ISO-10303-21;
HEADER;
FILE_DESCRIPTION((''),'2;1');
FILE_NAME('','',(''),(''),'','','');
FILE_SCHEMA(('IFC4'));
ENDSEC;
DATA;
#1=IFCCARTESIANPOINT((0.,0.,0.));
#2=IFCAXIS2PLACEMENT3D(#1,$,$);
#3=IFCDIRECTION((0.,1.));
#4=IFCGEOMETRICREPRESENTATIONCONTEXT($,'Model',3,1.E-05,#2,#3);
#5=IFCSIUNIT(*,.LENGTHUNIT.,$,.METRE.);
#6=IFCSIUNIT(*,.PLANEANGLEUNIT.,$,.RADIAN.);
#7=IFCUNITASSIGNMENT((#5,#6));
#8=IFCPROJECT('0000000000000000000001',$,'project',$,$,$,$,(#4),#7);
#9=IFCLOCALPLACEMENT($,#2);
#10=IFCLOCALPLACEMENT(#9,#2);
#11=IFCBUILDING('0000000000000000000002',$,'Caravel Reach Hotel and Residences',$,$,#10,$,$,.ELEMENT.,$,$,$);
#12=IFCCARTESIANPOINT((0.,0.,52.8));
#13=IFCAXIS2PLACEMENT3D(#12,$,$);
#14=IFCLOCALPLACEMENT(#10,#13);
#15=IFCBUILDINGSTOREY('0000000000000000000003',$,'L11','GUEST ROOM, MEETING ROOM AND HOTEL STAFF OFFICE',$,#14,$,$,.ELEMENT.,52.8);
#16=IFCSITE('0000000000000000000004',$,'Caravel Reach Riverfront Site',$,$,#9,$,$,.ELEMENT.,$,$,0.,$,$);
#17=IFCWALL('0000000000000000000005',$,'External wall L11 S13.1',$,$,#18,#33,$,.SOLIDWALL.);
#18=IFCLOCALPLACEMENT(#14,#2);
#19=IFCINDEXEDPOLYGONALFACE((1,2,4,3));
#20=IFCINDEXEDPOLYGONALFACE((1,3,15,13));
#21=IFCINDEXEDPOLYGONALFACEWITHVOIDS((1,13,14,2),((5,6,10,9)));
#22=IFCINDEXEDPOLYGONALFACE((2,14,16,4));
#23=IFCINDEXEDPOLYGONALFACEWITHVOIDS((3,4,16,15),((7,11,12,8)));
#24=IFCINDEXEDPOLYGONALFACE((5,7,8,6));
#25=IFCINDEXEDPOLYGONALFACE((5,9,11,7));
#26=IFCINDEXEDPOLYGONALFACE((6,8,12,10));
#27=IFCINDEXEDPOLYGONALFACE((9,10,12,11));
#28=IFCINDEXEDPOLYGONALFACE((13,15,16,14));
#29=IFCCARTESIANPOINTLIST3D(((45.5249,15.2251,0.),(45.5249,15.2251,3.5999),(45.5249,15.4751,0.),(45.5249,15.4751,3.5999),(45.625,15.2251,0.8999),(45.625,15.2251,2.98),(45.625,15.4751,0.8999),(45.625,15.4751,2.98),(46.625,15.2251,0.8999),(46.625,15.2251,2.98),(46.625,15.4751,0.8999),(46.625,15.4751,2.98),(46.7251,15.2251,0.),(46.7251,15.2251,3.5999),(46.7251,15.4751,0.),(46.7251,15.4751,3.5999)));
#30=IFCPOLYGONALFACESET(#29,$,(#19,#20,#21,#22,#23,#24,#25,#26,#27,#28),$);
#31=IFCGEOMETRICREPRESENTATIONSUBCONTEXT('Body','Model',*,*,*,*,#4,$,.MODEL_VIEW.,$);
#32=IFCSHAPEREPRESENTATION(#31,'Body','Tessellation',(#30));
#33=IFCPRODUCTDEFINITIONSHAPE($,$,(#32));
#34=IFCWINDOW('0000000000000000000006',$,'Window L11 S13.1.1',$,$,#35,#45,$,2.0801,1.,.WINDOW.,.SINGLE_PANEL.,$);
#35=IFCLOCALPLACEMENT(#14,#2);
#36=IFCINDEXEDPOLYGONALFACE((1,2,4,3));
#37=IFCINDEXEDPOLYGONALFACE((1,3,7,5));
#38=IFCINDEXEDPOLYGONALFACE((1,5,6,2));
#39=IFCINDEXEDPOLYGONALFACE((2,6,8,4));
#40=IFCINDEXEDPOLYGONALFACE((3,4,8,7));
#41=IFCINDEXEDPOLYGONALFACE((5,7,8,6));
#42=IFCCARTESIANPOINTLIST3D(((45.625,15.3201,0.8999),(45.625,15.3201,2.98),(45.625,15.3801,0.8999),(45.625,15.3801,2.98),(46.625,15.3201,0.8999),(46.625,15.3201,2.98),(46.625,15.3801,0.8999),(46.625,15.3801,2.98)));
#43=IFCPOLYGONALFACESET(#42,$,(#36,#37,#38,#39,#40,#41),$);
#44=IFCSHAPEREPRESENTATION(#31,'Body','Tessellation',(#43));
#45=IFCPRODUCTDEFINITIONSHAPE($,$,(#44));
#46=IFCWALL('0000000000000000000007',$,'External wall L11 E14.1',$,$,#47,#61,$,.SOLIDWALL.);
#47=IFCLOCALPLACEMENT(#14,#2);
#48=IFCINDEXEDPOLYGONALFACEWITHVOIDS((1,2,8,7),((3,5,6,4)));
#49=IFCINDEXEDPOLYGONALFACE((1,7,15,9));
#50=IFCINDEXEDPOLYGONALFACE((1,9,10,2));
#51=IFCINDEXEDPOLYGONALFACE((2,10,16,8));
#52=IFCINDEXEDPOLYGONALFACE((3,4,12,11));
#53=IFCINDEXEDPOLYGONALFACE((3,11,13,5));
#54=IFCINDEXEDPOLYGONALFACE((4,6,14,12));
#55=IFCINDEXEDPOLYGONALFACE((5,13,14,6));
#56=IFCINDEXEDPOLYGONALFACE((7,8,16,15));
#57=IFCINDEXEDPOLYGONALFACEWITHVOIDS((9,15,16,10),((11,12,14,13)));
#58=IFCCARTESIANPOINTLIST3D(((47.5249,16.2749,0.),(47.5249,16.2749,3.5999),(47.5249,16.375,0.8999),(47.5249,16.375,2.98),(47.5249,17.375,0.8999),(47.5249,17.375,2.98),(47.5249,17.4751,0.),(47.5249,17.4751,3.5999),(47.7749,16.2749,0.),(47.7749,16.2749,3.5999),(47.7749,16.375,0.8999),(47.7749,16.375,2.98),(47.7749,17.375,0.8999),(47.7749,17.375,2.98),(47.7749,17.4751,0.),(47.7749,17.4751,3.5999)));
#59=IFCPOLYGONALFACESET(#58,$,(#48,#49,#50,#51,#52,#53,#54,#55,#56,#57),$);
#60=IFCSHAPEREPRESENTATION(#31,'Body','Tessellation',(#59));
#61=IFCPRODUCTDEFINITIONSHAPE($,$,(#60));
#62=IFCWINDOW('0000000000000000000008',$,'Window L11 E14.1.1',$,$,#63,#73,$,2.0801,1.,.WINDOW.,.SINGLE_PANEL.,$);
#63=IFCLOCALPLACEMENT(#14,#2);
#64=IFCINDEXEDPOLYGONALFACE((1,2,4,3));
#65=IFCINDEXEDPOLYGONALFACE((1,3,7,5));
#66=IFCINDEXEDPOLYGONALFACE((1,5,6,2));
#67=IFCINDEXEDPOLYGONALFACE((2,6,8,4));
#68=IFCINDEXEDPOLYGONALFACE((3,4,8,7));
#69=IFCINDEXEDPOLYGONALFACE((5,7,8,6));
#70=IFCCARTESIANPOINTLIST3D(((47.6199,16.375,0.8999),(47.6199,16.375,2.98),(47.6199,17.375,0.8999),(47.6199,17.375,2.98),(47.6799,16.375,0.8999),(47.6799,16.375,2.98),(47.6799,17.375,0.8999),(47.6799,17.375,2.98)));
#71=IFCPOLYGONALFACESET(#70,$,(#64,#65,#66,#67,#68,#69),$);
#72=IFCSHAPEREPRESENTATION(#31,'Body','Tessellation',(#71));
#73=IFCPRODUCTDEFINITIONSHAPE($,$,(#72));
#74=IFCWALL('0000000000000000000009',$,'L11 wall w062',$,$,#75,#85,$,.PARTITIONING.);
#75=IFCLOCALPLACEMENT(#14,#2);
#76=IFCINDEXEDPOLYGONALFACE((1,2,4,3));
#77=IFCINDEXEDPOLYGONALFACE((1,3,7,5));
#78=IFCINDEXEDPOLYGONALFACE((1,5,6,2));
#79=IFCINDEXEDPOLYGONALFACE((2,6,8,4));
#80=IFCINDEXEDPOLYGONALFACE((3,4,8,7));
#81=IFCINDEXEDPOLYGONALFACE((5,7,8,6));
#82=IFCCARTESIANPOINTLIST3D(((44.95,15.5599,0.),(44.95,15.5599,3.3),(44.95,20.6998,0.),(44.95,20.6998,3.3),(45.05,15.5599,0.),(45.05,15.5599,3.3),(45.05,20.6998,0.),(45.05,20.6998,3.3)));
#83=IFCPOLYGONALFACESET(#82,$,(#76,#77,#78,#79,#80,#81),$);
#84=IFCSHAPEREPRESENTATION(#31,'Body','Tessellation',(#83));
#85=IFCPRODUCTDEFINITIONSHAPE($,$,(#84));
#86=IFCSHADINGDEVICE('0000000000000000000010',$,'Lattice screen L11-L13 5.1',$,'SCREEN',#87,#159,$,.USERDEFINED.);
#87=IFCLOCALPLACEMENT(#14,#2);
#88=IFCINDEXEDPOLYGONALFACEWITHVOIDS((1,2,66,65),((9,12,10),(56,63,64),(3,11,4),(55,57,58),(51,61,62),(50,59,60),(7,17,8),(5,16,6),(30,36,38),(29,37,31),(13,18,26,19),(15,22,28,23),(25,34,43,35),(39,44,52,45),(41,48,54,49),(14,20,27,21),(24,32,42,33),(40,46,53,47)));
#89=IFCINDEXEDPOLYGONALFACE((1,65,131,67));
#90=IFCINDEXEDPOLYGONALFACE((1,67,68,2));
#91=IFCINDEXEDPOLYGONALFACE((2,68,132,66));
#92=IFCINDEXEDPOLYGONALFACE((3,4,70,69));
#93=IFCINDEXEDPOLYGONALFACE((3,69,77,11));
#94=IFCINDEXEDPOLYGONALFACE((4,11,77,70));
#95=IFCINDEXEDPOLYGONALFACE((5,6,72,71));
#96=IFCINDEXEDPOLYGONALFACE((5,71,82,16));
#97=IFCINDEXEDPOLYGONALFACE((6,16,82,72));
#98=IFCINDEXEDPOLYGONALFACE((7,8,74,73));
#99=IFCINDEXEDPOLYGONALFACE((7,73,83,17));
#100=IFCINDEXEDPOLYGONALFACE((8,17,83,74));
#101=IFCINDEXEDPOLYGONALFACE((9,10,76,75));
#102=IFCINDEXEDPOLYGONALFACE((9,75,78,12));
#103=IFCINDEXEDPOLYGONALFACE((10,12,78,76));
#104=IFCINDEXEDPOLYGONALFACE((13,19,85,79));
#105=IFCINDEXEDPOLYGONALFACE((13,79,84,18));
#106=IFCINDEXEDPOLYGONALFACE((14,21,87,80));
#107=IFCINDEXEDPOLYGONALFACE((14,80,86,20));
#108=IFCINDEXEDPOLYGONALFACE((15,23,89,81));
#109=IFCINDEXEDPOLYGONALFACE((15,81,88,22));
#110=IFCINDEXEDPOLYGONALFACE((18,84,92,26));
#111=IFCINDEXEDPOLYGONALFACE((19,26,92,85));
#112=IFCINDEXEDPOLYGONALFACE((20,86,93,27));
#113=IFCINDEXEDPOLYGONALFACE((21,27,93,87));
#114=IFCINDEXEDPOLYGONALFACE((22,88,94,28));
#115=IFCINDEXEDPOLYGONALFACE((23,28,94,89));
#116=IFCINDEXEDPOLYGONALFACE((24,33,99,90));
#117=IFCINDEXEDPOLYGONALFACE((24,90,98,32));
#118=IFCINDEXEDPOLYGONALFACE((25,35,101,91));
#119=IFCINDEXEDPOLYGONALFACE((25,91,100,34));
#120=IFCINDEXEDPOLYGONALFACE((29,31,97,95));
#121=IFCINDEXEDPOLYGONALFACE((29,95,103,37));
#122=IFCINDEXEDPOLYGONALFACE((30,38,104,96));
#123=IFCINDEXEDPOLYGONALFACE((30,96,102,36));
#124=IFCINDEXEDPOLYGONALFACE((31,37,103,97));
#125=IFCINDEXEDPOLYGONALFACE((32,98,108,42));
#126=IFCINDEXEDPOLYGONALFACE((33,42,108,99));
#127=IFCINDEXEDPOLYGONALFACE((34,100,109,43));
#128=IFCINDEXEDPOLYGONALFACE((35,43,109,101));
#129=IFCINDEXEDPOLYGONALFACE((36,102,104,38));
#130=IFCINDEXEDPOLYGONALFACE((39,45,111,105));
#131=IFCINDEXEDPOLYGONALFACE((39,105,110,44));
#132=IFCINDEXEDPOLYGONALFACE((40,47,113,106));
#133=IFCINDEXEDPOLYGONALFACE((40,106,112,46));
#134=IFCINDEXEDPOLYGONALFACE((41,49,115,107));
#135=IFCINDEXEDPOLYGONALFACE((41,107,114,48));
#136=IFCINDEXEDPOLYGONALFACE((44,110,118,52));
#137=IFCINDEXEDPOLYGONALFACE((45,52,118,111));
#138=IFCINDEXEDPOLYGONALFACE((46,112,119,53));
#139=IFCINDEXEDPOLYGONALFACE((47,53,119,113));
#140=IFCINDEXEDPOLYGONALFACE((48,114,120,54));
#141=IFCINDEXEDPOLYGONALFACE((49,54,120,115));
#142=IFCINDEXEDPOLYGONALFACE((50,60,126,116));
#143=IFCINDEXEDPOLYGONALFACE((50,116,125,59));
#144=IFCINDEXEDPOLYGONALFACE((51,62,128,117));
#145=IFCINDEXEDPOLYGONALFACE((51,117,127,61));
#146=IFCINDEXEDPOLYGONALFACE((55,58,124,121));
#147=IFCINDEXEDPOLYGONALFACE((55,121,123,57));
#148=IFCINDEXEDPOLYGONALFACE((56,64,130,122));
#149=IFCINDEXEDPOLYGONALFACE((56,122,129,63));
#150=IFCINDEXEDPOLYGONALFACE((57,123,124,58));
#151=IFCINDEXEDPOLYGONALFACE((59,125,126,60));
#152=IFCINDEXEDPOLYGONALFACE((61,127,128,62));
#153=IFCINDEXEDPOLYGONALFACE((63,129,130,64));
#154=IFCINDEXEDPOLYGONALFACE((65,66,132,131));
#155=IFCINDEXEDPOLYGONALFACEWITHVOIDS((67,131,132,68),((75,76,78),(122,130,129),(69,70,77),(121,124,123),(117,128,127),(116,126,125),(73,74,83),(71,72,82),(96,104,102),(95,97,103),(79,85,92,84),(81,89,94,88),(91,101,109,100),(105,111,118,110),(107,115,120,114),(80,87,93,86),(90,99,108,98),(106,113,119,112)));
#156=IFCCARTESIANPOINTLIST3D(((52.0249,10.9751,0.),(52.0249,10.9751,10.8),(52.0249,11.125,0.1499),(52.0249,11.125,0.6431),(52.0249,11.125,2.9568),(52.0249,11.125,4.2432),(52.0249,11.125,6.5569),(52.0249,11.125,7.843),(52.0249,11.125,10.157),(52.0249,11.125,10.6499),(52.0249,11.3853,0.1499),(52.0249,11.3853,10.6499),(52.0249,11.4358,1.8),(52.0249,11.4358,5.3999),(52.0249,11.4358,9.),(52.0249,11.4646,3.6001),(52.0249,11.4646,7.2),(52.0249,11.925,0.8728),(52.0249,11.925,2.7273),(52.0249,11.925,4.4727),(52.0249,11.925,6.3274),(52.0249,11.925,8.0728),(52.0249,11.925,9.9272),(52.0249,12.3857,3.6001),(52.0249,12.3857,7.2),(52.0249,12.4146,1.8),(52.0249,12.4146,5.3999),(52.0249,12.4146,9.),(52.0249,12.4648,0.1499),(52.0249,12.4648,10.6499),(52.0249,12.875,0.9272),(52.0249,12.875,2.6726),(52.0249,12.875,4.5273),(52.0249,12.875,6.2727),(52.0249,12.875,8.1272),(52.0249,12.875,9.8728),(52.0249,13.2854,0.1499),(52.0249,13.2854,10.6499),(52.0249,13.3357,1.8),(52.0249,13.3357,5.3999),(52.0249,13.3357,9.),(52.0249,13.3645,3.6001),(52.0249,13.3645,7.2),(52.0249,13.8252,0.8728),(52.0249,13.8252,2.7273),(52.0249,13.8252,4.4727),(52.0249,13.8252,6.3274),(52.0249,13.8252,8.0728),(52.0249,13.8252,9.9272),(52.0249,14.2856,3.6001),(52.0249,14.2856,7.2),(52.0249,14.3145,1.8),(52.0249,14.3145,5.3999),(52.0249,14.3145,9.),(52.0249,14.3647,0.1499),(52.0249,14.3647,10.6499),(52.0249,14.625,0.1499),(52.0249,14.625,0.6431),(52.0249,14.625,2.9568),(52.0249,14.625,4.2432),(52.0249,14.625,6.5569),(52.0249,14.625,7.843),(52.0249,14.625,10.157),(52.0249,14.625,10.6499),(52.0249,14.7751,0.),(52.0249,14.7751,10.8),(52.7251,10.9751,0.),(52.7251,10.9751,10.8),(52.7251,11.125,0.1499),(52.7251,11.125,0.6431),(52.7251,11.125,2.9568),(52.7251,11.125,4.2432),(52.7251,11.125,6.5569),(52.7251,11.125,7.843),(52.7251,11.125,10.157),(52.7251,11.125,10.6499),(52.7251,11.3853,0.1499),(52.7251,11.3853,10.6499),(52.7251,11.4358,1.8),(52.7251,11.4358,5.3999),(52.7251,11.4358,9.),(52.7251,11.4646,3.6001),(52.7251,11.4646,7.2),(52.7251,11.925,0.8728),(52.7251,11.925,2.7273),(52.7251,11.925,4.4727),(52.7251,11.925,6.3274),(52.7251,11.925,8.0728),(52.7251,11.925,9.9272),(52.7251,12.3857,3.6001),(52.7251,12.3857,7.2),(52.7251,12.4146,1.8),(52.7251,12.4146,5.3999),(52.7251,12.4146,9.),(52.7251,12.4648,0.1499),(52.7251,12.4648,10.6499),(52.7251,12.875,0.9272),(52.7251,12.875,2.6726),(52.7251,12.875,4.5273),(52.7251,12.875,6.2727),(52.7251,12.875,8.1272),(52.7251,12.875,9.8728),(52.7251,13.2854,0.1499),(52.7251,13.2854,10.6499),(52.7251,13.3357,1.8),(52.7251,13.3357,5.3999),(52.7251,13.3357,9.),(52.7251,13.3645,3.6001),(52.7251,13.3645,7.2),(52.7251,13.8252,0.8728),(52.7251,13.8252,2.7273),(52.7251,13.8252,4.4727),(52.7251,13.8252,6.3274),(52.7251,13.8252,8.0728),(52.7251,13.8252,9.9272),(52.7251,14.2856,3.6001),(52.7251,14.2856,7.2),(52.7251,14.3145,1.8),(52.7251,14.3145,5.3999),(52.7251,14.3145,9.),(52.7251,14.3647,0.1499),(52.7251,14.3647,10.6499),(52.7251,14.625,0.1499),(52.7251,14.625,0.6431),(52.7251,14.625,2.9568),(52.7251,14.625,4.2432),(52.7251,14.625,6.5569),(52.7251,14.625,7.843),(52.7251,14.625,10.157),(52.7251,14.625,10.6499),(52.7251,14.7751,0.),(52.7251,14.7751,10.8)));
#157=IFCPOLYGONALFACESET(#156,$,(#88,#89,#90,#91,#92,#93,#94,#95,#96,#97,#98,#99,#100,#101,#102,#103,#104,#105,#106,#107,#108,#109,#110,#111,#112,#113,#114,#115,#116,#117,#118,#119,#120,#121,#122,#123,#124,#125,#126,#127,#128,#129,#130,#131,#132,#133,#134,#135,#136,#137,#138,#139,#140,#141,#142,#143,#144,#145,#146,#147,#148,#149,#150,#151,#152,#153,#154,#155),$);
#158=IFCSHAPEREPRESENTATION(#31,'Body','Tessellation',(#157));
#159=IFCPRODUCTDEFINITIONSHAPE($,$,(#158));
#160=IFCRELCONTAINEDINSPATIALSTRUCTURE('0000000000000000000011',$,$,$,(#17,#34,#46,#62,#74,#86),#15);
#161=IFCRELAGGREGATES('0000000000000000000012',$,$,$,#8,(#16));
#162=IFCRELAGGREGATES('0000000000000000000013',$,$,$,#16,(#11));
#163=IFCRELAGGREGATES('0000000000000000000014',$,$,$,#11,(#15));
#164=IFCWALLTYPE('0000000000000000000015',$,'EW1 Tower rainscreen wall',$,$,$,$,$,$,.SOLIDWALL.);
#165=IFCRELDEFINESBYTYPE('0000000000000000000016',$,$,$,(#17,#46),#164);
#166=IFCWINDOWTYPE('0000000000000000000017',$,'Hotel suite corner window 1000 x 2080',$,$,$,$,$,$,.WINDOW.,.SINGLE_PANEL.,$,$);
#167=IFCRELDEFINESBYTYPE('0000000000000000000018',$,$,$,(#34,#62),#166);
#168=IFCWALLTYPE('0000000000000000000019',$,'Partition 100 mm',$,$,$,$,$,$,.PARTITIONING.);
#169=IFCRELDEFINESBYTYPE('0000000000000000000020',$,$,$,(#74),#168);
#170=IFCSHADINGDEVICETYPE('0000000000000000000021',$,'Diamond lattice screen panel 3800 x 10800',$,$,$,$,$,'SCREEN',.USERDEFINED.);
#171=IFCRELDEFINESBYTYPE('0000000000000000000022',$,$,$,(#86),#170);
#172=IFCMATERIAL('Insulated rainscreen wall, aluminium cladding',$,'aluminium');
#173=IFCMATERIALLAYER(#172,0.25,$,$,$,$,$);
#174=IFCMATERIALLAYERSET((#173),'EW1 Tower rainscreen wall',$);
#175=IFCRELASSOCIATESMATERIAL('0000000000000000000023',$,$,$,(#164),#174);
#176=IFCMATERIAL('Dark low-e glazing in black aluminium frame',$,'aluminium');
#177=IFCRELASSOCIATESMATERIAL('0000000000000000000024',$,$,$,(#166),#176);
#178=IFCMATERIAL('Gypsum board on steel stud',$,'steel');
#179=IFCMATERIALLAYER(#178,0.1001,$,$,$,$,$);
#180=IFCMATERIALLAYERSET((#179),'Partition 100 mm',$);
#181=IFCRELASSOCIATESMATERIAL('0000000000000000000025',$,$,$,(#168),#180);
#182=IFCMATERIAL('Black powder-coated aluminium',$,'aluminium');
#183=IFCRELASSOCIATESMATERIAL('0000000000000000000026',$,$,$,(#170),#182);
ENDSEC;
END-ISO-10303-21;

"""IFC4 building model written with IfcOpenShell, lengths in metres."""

from ifc_helpers import new_model, si_unit, direction, frame, frame_2d, origin, place, context, subcontext, project, spatial, polyline, rectangle, outline, extrude, material, layer, layer_set, type_object, element, fill, save


model = new_model("IFC4")

# Units and contexts
model_context = context("Model", 3, precision=1e-05, world=origin(), true_north=direction((0.0, 1.0)))
body_context = subcontext(model_context, "Body", "Model", "MODEL_VIEW")
ifc_project = project(units=[si_unit("LENGTHUNIT", "METRE"), si_unit("PLANEANGLEUNIT", "RADIAN")], contexts=[model_context])

# Site, building, storey
site_placement = place(None, origin())
site = spatial("IfcSite", under=ifc_project, at=site_placement, Name="Caravel Reach Riverfront Site", CompositionType="ELEMENT", RefElevation=0.0)
building_placement = place(site_placement, origin())
building = spatial("IfcBuilding", under=site, at=building_placement, Name="Caravel Reach Hotel and Residences", CompositionType="ELEMENT")
storey_placement = place(building_placement, frame((0.0, 0.0, 52.8)))
storey = spatial("IfcBuildingStorey", under=building, at=storey_placement, Name="L11", Description="GUEST ROOM, MEETING ROOM AND HOTEL STAFF OFFICE", CompositionType="ELEMENT", Elevation=52.8)

# Walls, openings, windows
ifc_material_1 = material(Name="Insulated rainscreen wall, aluminium cladding", Category="aluminium")
ifc_layer_1 = layer(ifc_material_1, 0.25)
ifc_layer_set_1 = layer_set([ifc_layer_1], Name="EW1 Tower rainscreen wall")
wall_type_1 = type_object("IfcWallType", Name="EW1 Tower rainscreen wall", PredefinedType="SOLIDWALL", material=ifc_layer_set_1)
ifc_material_2 = material(Name="Dark low-e glazing in black aluminium frame", Category="aluminium")
window_type = type_object("IfcWindowType", Name="Hotel suite corner window 1000 x 2080", PartitioningType="SINGLE_PANEL", PredefinedType="WINDOW", material=ifc_material_2)
wall_1_placement = place(storey_placement, frame((45.5249, 15.3501, 0.0), z_axis=(0.0, 0.0, 1.0), x_axis=(1.0, 0.0, 0.0)))
wall_1 = element("IfcWall", 1, at=wall_1_placement, inside=storey, type_object=wall_type_1, Name="External wall L11 S13.1", PredefinedType="SOLIDWALL", context=body_context, shape_type="SweptSolid", body=[
    extrude(rectangle(XDim=1.2002, YDim=0.25, at=frame_2d((0.6001, 0.0))), origin(), (0.0, 0.0, 1.0), 3.5999),
])
opening_1_placement = place(wall_1_placement, frame((0.1001, 0.0, 0.8999)))
opening_1 = element("IfcOpeningElement", 2, at=opening_1_placement, cuts=wall_1, PredefinedType="OPENING", context=body_context, shape_type="SweptSolid", body=[
    extrude(rectangle(XDim=1.0, YDim=2.0801, at=frame_2d((0.5, 1.04))), frame((0.0, 0.135, 0.0), z_axis=(0.0, -1.0, 0.0), x_axis=(1.0, 0.0, 0.0)), (0.0, 0.0, 1.0), 0.27),
])
window_1_placement = place(opening_1_placement, origin())
window_1 = element("IfcWindow", 3, at=window_1_placement, inside=storey, type_object=window_type, Name="Window L11 S13.1.1", OverallHeight=2.0801, OverallWidth=1.0, PartitioningType="SINGLE_PANEL", PredefinedType="WINDOW", context=body_context, shape_type="SweptSolid", body=[
    extrude(rectangle(XDim=1.0, YDim=2.0801, at=frame_2d((0.5, 1.04))), frame((0.0, 0.03, 0.0), z_axis=(0.0, -1.0, 0.0), x_axis=(1.0, 0.0, 0.0)), (0.0, 0.0, 1.0), 0.0601),
])
fill(opening_1, window_1)
wall_2_placement = place(storey_placement, frame((47.6499, 16.2749, 0.0), z_axis=(0.0, 0.0, 1.0), x_axis=(0.0, 1.0, 0.0)))
wall_2 = element("IfcWall", 4, at=wall_2_placement, inside=storey, type_object=wall_type_1, Name="External wall L11 E14.1", PredefinedType="SOLIDWALL", context=body_context, shape_type="SweptSolid", body=[
    extrude(rectangle(XDim=1.2002, YDim=0.25, at=frame_2d((0.6001, 0.0))), origin(), (0.0, 0.0, 1.0), 3.5999),
])
opening_2_placement = place(wall_2_placement, frame((0.1001, 0.0, 0.8999)))
opening_2 = element("IfcOpeningElement", 5, at=opening_2_placement, cuts=wall_2, PredefinedType="OPENING", context=body_context, shape_type="SweptSolid", body=[
    extrude(rectangle(XDim=1.0, YDim=2.0801, at=frame_2d((0.5, 1.04))), frame((0.0, 0.135, 0.0), z_axis=(0.0, -1.0, 0.0), x_axis=(1.0, 0.0, 0.0)), (0.0, 0.0, 1.0), 0.27),
])
window_2_placement = place(opening_2_placement, origin())
window_2 = element("IfcWindow", 6, at=window_2_placement, inside=storey, type_object=window_type, Name="Window L11 E14.1.1", OverallHeight=2.0801, OverallWidth=1.0, PartitioningType="SINGLE_PANEL", PredefinedType="WINDOW", context=body_context, shape_type="SweptSolid", body=[
    extrude(rectangle(XDim=1.0, YDim=2.0801, at=frame_2d((0.5, 1.04))), frame((0.0, 0.03, 0.0), z_axis=(0.0, -1.0, 0.0), x_axis=(1.0, 0.0, 0.0)), (0.0, 0.0, 1.0), 0.0601),
])
fill(opening_2, window_2)

# Wall
ifc_material_3 = material(Name="Gypsum board on steel stud", Category="steel")
ifc_layer_2 = layer(ifc_material_3, 0.1001)
ifc_layer_set_2 = layer_set([ifc_layer_2], Name="Partition 100 mm")
wall_type_2 = type_object("IfcWallType", Name="Partition 100 mm", PredefinedType="PARTITIONING", material=ifc_layer_set_2)
wall_3_placement = place(storey_placement, frame((45.0, 15.5601, 0.0), z_axis=(0.0, 0.0, 1.0), x_axis=(0.0, 1.0, 0.0)))
element("IfcWall", 7, at=wall_3_placement, inside=storey, type_object=wall_type_2, Name="L11 wall w062", PredefinedType="PARTITIONING", context=body_context, shape_type="SweptSolid", body=[
    extrude(rectangle(XDim=5.1399, YDim=0.1001, at=frame_2d((2.5698, 0.0))), origin(), (0.0, 0.0, 1.0), 3.3),
])

# Shading device
ifc_material_4 = material(Name="Black powder-coated aluminium", Category="aluminium")
shading_device_type_1 = type_object("IfcShadingDeviceType", Name="Diamond lattice screen panel 3800 x 10800", ElementType="SCREEN", PredefinedType="USERDEFINED", material=ifc_material_4)
shading_device_1_placement = place(storey_placement, frame((52.0249, 10.9751, 0.0), z_axis=(1.0, 0.0, 0.0), x_axis=(0.0, 1.0, 0.0)))
element("IfcShadingDevice", 8, at=shading_device_1_placement, inside=storey, type_object=shading_device_type_1, Name="Lattice screen L11-L13 5.1", ObjectType="SCREEN", PredefinedType="USERDEFINED", context=body_context, shape_type="SweptSolid", body=[
    extrude(outline(polyline([(0.0, 0.0), (3.8, 0.0), (3.8, 10.8), (0.0, 10.8), (0.0, 0.0)]), holes=[polyline([(0.4102, 0.1499), (0.1499, 0.6431), (0.1499, 0.1499), (0.4102, 0.1499)]), polyline([(0.4895, 3.6001), (0.1499, 4.2432), (0.1499, 2.9568), (0.4895, 3.6001)]), polyline([(0.4895, 7.2), (0.1499, 7.843), (0.1499, 6.5569), (0.4895, 7.2)]), polyline([(0.1499, 10.157), (0.4102, 10.6499), (0.1499, 10.6499), (0.1499, 10.157)]), polyline([(0.95, 2.7273), (0.4607, 1.8), (0.95, 0.8728), (1.4395, 1.8), (0.95, 2.7273)]), polyline([(0.95, 6.3274), (0.4607, 5.3999), (0.95, 4.4727), (1.4395, 5.3999), (0.95, 6.3274)]), polyline([(0.95, 9.9272), (0.4607, 9.0), (0.95, 8.0728), (1.4395, 9.0), (0.95, 9.9272)]), polyline([(1.8999, 0.9272), (1.4897, 0.1499), (2.3103, 0.1499), (1.8999, 0.9272)]), polyline([(1.8999, 4.5273), (1.4106, 3.6001), (1.8999, 2.6726), (2.3894, 3.6001), (1.8999, 4.5273)]), polyline([(1.8999, 8.1272), (1.4106, 7.2), (1.8999, 6.2727), (2.3894, 7.2), (1.8999, 8.1272)]), polyline([(1.8999, 9.8728), (2.3103, 10.6499), (1.4897, 10.6499), (1.8999, 9.8728)]), polyline([(2.8501, 2.7273), (2.3606, 1.8), (2.8501, 0.8728), (3.3394, 1.8), (2.8501, 2.7273)]), polyline([(2.8501, 6.3274), (2.3606, 5.3999), (2.8501, 4.4727), (3.3394, 5.3999), (2.8501, 6.3274)]), polyline([(2.8501, 9.9272), (2.3606, 9.0), (2.8501, 8.0728), (3.3394, 9.0), (2.8501, 9.9272)]), polyline([(3.6499, 0.6431), (3.3896, 0.1499), (3.6499, 0.1499), (3.6499, 0.6431)]), polyline([(3.3105, 3.6001), (3.6499, 2.9568), (3.6499, 4.2432), (3.3105, 3.6001)]), polyline([(3.3105, 7.2), (3.6499, 6.5569), (3.6499, 7.843), (3.3105, 7.2)]), polyline([(3.3896, 10.6499), (3.6499, 10.157), (3.6499, 10.6499), (3.3896, 10.6499)])]), origin(), (0.0, 0.0, 1.0), 0.7002),
])

save(model, "model.ifc")
